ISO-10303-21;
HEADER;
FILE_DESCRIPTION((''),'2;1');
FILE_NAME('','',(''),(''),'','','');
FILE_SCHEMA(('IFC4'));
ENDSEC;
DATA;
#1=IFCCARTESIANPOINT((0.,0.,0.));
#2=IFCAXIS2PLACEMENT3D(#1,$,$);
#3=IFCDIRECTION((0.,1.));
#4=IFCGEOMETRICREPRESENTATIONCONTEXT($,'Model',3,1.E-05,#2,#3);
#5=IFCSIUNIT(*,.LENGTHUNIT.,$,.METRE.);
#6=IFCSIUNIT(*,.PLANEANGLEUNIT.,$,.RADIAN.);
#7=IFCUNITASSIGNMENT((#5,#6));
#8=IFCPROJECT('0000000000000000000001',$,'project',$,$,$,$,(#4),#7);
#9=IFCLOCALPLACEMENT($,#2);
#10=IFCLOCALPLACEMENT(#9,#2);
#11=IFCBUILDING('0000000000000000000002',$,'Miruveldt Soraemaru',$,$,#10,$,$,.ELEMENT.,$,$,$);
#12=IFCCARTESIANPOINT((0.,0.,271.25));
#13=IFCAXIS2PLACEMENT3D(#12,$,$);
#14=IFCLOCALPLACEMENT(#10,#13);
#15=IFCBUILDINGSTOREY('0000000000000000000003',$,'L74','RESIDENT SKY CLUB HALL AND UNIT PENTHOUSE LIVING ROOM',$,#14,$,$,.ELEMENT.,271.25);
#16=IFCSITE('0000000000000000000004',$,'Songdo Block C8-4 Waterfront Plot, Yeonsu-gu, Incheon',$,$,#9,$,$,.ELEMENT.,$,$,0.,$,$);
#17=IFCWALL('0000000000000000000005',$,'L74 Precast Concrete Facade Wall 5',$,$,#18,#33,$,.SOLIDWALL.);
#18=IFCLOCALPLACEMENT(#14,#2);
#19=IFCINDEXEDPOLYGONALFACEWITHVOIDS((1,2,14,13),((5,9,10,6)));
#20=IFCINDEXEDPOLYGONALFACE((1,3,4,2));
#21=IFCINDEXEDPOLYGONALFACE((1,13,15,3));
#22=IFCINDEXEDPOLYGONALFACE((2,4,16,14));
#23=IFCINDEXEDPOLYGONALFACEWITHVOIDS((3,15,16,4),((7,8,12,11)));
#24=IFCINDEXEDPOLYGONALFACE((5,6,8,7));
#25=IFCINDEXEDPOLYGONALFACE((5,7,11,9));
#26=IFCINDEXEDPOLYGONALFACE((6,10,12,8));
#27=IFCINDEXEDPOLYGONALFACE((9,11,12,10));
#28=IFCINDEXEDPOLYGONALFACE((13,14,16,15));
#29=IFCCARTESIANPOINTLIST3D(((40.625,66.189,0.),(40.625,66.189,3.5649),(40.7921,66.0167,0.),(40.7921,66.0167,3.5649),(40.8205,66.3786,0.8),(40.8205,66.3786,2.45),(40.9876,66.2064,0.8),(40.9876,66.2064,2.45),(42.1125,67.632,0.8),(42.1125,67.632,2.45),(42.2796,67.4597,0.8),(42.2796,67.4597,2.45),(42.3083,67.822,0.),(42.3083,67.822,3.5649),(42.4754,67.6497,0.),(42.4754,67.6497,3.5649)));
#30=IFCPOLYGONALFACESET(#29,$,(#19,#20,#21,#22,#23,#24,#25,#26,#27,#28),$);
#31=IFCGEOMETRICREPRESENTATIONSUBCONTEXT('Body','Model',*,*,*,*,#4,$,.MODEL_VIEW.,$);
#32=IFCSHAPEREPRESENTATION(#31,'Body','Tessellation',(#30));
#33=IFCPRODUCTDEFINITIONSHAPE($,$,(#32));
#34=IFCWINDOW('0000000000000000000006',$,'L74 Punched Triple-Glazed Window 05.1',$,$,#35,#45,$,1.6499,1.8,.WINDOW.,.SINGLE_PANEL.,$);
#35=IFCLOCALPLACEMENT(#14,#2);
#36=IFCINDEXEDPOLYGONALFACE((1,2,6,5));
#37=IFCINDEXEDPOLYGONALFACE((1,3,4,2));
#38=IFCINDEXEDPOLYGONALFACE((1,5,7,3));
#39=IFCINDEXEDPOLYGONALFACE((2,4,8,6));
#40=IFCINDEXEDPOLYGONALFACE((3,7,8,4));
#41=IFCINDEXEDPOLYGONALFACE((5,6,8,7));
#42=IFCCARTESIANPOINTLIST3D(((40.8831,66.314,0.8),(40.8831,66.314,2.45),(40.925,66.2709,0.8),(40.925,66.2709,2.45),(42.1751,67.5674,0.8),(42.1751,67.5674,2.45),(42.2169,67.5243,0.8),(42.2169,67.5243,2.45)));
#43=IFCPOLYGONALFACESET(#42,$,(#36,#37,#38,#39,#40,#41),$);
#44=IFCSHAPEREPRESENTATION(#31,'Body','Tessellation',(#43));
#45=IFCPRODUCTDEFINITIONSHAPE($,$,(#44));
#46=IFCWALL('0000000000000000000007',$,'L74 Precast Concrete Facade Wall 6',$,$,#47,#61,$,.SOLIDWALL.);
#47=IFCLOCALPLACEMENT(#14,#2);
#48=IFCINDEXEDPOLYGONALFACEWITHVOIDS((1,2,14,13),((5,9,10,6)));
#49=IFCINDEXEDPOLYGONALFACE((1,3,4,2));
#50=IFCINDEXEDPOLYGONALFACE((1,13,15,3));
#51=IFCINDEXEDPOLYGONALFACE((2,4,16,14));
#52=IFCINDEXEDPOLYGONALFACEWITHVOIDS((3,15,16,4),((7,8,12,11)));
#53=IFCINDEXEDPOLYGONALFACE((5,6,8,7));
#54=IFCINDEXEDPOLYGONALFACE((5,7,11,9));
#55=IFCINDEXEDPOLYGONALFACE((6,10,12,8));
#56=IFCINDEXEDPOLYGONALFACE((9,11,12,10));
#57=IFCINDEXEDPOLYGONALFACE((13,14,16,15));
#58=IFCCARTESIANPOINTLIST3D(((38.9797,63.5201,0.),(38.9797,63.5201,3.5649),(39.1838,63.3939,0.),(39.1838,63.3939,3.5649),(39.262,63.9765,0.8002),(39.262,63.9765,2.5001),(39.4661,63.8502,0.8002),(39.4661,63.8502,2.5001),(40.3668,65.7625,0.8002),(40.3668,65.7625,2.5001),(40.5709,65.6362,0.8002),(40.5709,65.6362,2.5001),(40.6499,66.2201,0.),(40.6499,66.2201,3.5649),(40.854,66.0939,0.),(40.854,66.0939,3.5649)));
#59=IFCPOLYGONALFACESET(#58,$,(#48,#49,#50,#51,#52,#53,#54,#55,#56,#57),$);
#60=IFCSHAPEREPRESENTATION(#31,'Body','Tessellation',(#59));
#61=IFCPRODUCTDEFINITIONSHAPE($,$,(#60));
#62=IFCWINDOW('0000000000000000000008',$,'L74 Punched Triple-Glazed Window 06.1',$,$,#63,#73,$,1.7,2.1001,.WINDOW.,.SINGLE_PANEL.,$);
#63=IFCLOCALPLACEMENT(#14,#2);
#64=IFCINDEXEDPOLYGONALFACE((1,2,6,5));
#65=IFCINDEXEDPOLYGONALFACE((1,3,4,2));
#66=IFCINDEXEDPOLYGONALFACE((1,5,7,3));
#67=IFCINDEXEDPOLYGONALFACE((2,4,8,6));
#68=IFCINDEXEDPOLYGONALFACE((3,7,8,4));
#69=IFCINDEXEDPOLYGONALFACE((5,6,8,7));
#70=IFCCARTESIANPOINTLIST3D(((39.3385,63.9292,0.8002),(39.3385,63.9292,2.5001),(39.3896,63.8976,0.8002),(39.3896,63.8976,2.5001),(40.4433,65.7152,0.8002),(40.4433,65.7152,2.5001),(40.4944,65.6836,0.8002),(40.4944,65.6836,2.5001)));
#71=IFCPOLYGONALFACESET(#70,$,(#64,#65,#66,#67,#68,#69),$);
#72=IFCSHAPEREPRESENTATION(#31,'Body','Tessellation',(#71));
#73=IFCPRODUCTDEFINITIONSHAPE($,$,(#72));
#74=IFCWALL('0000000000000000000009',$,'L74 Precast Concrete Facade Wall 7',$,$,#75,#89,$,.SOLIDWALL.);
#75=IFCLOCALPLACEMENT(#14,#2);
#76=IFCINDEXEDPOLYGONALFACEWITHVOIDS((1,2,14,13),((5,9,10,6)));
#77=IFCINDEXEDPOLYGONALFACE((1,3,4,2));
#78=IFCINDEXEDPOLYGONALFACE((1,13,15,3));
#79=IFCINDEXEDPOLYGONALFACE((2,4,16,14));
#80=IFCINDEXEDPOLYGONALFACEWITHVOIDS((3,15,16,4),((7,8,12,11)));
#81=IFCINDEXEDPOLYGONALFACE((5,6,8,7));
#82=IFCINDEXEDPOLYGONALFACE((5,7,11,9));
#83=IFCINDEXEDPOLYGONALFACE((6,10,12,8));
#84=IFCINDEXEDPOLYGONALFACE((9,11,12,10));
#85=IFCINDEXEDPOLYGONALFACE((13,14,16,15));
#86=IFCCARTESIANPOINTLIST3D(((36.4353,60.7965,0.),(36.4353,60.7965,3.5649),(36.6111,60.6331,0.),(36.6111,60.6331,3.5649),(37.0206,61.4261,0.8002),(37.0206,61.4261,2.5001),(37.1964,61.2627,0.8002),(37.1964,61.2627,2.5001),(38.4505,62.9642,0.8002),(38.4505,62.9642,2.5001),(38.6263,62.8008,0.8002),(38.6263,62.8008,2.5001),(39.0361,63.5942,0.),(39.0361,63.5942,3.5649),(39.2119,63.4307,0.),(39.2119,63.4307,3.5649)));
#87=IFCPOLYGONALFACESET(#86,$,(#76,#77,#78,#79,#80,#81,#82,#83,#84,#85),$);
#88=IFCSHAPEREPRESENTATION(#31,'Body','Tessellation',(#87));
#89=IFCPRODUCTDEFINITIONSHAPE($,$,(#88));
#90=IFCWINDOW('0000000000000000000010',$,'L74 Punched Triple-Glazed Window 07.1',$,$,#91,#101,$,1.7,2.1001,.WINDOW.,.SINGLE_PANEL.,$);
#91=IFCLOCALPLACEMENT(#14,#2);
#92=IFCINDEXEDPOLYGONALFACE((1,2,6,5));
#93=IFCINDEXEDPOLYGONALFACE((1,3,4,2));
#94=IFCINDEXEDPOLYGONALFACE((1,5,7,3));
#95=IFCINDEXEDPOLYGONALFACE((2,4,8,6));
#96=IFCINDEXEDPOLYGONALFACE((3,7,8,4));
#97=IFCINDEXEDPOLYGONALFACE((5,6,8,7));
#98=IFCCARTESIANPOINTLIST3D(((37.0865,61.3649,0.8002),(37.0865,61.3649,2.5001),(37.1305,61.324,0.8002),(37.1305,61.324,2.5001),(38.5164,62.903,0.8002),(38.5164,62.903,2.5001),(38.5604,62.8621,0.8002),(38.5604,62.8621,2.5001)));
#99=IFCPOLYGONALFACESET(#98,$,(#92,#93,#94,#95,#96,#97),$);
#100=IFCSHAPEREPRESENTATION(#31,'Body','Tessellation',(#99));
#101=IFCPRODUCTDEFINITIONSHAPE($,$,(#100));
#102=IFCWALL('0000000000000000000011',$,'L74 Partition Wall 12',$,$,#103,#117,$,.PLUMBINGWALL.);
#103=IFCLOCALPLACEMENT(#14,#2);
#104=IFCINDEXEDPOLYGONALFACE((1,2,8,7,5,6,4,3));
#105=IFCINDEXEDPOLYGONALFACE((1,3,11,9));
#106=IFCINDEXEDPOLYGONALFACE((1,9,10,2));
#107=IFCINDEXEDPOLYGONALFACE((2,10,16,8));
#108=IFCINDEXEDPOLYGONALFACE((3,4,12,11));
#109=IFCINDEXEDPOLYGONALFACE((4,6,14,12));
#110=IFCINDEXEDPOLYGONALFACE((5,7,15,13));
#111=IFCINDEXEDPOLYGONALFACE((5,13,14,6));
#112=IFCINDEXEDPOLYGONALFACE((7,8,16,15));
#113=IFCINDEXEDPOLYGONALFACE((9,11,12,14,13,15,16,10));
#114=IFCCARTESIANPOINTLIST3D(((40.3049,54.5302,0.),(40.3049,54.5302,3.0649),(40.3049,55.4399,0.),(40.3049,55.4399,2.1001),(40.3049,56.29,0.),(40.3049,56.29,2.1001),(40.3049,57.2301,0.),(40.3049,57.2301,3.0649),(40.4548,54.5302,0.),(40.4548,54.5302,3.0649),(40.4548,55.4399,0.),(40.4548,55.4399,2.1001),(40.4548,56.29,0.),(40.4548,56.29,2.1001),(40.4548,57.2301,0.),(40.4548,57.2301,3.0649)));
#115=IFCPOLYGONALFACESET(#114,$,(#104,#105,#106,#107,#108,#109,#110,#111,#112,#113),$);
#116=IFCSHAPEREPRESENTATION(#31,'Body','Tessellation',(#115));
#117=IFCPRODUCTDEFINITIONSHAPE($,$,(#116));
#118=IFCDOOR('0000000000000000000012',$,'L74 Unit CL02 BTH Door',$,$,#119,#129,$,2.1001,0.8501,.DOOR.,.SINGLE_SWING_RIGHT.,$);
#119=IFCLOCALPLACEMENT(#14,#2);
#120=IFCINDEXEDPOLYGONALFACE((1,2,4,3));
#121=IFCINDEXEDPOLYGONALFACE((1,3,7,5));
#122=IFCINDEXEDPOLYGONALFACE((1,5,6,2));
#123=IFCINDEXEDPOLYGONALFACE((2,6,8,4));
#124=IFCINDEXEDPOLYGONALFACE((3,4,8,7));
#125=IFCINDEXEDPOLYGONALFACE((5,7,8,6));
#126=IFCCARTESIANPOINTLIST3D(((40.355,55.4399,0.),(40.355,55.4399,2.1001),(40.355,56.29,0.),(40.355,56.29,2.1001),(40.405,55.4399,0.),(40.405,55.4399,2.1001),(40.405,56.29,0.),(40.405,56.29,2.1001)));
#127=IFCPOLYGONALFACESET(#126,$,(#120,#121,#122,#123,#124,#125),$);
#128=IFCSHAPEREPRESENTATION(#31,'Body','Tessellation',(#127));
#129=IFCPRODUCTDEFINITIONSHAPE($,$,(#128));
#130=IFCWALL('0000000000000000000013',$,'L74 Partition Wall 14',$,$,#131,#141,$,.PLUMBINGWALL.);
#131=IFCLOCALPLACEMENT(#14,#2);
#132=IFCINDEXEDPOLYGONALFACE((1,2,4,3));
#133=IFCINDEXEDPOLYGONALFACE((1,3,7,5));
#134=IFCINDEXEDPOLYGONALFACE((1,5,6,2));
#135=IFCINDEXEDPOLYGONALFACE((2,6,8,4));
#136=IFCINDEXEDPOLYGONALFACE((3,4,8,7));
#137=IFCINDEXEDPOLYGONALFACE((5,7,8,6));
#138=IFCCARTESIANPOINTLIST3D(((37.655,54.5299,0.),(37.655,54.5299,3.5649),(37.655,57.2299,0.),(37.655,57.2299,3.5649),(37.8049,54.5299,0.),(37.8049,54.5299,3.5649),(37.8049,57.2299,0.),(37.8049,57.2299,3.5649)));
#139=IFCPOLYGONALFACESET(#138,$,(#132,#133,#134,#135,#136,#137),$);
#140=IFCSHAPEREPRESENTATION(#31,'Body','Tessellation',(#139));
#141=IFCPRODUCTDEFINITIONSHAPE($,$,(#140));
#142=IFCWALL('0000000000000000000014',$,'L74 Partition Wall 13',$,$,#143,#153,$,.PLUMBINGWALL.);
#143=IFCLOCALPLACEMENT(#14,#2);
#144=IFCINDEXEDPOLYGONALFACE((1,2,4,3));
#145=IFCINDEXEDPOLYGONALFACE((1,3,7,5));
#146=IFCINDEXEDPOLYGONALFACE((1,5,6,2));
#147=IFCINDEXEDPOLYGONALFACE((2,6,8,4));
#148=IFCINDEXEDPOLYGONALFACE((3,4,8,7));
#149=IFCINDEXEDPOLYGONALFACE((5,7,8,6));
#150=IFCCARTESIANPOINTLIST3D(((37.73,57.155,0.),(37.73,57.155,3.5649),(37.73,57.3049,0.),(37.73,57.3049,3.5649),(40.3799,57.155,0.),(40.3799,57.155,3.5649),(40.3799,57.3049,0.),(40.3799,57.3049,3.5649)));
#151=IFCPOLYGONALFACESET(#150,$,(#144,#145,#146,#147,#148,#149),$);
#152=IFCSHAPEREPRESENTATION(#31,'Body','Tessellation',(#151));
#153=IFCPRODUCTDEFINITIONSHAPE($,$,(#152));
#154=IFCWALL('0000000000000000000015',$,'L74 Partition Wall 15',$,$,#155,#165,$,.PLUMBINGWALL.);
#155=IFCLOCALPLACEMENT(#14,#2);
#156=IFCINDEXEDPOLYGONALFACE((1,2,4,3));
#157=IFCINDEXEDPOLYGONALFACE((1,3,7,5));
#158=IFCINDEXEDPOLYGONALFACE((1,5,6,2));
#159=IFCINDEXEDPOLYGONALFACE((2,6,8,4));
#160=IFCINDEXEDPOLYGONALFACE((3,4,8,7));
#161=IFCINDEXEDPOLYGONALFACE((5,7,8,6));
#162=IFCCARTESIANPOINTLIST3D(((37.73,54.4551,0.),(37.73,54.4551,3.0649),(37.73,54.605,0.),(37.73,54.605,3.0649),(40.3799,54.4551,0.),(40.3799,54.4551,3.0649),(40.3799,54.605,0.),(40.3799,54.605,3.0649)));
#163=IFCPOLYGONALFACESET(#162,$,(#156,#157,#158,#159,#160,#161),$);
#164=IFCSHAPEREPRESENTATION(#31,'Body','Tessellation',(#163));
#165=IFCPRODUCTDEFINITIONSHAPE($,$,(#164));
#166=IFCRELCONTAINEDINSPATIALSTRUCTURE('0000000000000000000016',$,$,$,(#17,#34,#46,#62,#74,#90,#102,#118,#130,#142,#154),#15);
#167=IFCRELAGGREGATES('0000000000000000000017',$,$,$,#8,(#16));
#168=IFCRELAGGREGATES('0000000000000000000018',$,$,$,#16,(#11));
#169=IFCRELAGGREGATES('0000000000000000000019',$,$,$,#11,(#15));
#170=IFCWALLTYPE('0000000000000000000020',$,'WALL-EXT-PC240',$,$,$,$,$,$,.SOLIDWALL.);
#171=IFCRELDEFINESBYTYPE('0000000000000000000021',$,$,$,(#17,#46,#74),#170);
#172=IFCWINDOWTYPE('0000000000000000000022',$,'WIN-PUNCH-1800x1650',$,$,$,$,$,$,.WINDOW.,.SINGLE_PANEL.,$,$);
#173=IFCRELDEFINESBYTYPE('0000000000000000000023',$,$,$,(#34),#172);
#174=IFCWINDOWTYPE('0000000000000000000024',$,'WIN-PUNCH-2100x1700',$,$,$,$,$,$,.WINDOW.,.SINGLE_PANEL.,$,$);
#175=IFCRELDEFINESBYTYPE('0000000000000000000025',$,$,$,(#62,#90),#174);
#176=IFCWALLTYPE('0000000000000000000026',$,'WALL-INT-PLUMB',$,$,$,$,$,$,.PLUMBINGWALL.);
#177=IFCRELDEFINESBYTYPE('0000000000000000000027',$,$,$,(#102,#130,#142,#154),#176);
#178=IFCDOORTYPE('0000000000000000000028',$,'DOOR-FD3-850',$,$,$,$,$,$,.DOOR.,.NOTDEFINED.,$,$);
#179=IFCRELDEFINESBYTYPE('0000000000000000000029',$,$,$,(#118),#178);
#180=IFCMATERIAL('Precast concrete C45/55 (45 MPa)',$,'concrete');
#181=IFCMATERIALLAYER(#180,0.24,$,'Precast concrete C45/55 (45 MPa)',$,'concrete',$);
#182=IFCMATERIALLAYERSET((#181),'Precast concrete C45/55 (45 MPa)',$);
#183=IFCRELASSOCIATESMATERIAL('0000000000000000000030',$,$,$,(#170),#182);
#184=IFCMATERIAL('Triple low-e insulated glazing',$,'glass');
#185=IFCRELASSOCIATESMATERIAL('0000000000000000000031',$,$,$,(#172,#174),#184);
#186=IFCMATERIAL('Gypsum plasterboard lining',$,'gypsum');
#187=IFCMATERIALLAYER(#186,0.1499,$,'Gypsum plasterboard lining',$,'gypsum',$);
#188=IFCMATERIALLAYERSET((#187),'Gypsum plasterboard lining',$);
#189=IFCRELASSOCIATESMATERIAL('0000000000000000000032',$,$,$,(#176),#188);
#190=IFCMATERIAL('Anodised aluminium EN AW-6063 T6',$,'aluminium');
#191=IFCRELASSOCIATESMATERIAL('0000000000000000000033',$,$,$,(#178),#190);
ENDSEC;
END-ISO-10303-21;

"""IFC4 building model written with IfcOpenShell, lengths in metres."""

from ifc_helpers import new_model, si_unit, direction, frame, frame_2d, origin, place, context, subcontext, project, spatial, rectangle, extrude, material, layer, layer_set, type_object, element, fill, save


model = new_model("IFC4")

# Units and contexts
model_context = context("Model", 3, precision=1e-05, world=origin(), true_north=direction((0.0, 1.0)))
body_context = subcontext(model_context, "Body", "Model", "MODEL_VIEW")
ifc_project = project(units=[si_unit("LENGTHUNIT", "METRE"), si_unit("PLANEANGLEUNIT", "RADIAN")], contexts=[model_context])

# Site, building, storey
site_placement = place(None, origin())
site = spatial("IfcSite", under=ifc_project, at=site_placement, Name="Songdo Block C8-4 Waterfront Plot, Yeonsu-gu, Incheon", CompositionType="ELEMENT", RefElevation=0.0)
building_placement = place(site_placement, origin())
building = spatial("IfcBuilding", under=site, at=building_placement, Name="Miruveldt Soraemaru", CompositionType="ELEMENT")
storey_placement = place(building_placement, frame((0.0, 0.0, 271.25)))
storey = spatial("IfcBuildingStorey", under=building, at=storey_placement, Name="L74", Description="RESIDENT SKY CLUB HALL AND UNIT PENTHOUSE LIVING ROOM", CompositionType="ELEMENT", Elevation=271.25)

# Walls, openings, windows
ifc_material_1 = material(Name="Precast concrete C45/55 (45 MPa)", Category="concrete")
ifc_layer_1 = layer(ifc_material_1, 0.24, Name="Precast concrete C45/55 (45 MPa)", Category="concrete")
ifc_layer_set_1 = layer_set([ifc_layer_1], Name="Precast concrete C45/55 (45 MPa)")
wall_type_1 = type_object("IfcWallType", Name="WALL-EXT-PC240", PredefinedType="SOLIDWALL", material=ifc_layer_set_1)
ifc_material_2 = material(Name="Triple low-e insulated glazing", Category="glass")
wall_1_placement = place(storey_placement, frame((42.3918, 67.7358, 0.0), z_axis=(0.0, 0.0, 1.0), x_axis=(-0.717747, -0.696304, 0.0)))
wall_1 = element("IfcWall", 1, at=wall_1_placement, inside=storey, type_object=wall_type_1, Name="L74 Precast Concrete Facade Wall 5", PredefinedType="SOLIDWALL", context=body_context, shape_type="SweptSolid", body=[
    extrude(rectangle(XDim=2.3452, YDim=0.24, at=frame_2d((1.1726, 0.0))), origin(), (0.0, 0.0, 1.0), 3.5649),
])
opening_1_placement = place(wall_1_placement, frame((0.2729, 0.0, 0.8)))
opening_1 = element("IfcOpeningElement", 2, at=opening_1_placement, cuts=wall_1, PredefinedType="OPENING", context=body_context, shape_type="SweptSolid", body=[
    extrude(rectangle(XDim=1.8, YDim=1.6499, at=frame_2d((0.8999, 0.825))), frame((0.0, 0.1299, 0.0), z_axis=(0.0, -1.0, 0.0), x_axis=(1.0, 0.0, 0.0)), (0.0, 0.0, 1.0), 0.26),
])
window_type_1 = type_object("IfcWindowType", Name="WIN-PUNCH-1800x1650", PartitioningType="SINGLE_PANEL", PredefinedType="WINDOW", material=ifc_material_2)
window_1_placement = place(opening_1_placement, origin())
window_1 = element("IfcWindow", 3, at=window_1_placement, inside=storey, type_object=window_type_1, Name="L74 Punched Triple-Glazed Window 05.1", OverallHeight=1.6499, OverallWidth=1.8, PartitioningType="SINGLE_PANEL", PredefinedType="WINDOW", context=body_context, shape_type="SweptSolid", body=[
    extrude(rectangle(XDim=1.8, YDim=1.6499, at=frame_2d((0.8999, 0.825))), frame((0.0, 0.03, 0.0), z_axis=(0.0, -1.0, 0.0), x_axis=(1.0, 0.0, 0.0)), (0.0, 0.0, 1.0), 0.0601),
])
fill(opening_1, window_1)
wall_2_placement = place(storey_placement, frame((40.752, 66.157, 0.0), z_axis=(0.0, 0.0, 1.0), x_axis=(-0.526074, -0.850439, 0.0)))
wall_2 = element("IfcWall", 4, at=wall_2_placement, inside=storey, type_object=wall_type_1, Name="L74 Precast Concrete Facade Wall 6", PredefinedType="SOLIDWALL", context=body_context, shape_type="SweptSolid", body=[
    extrude(rectangle(XDim=3.1748, YDim=0.24, at=frame_2d((1.5874, 0.0))), origin(), (0.0, 0.0, 1.0), 3.5649),
])
opening_2_placement = place(wall_2_placement, frame((0.5381, 0.0, 0.8)))
opening_2 = element("IfcOpeningElement", 5, at=opening_2_placement, cuts=wall_2, PredefinedType="OPENING", context=body_context, shape_type="SweptSolid", body=[
    extrude(rectangle(XDim=2.1001, YDim=1.7, at=frame_2d((1.05, 0.8501))), frame((0.0, 0.1299, 0.0), z_axis=(0.0, -1.0, 0.0), x_axis=(1.0, 0.0, 0.0)), (0.0, 0.0, 1.0), 0.26),
])
window_type_2 = type_object("IfcWindowType", Name="WIN-PUNCH-2100x1700", PartitioningType="SINGLE_PANEL", PredefinedType="WINDOW", material=ifc_material_2)
window_2_placement = place(opening_2_placement, origin())
window_2 = element("IfcWindow", 6, at=window_2_placement, inside=storey, type_object=window_type_2, Name="L74 Punched Triple-Glazed Window 06.1", OverallHeight=1.7, OverallWidth=2.1001, PartitioningType="SINGLE_PANEL", PredefinedType="WINDOW", context=body_context, shape_type="SweptSolid", body=[
    extrude(rectangle(XDim=2.1001, YDim=1.7, at=frame_2d((1.05, 0.8501))), frame((0.0, 0.03, 0.0), z_axis=(0.0, -1.0, 0.0), x_axis=(1.0, 0.0, 0.0)), (0.0, 0.0, 1.0), 0.0601),
])
fill(opening_2, window_2)
wall_3_placement = place(storey_placement, frame((39.124, 63.5125, 0.0), z_axis=(0.0, 0.0, 1.0), x_axis=(-0.68088, -0.732395, 0.0)))
wall_3 = element("IfcWall", 7, at=wall_3_placement, inside=storey, type_object=wall_type_1, Name="L74 Precast Concrete Facade Wall 7", PredefinedType="SOLIDWALL", context=body_context, shape_type="SweptSolid", body=[
    extrude(rectangle(XDim=3.8198, YDim=0.24, at=frame_2d((1.9099, 0.0))), origin(), (0.0, 0.0, 1.0), 3.5649),
])
opening_3_placement = place(wall_3_placement, frame((0.8601, 0.0, 0.8)))
opening_3 = element("IfcOpeningElement", 8, at=opening_3_placement, cuts=wall_3, PredefinedType="OPENING", context=body_context, shape_type="SweptSolid", body=[
    extrude(rectangle(XDim=2.1001, YDim=1.7, at=frame_2d((1.05, 0.8501))), frame((0.0, 0.1299, 0.0), z_axis=(0.0, -1.0, 0.0), x_axis=(1.0, 0.0, 0.0)), (0.0, 0.0, 1.0), 0.26),
])
window_3_placement = place(opening_3_placement, origin())
window_3 = element("IfcWindow", 9, at=window_3_placement, inside=storey, type_object=window_type_2, Name="L74 Punched Triple-Glazed Window 07.1", OverallHeight=1.7, OverallWidth=2.1001, PartitioningType="SINGLE_PANEL", PredefinedType="WINDOW", context=body_context, shape_type="SweptSolid", body=[
    extrude(rectangle(XDim=2.1001, YDim=1.7, at=frame_2d((1.05, 0.8501))), frame((0.0, 0.03, 0.0), z_axis=(0.0, -1.0, 0.0), x_axis=(1.0, 0.0, 0.0)), (0.0, 0.0, 1.0), 0.0601),
])
fill(opening_3, window_3)

# Wall, opening, door
ifc_material_3 = material(Name="Gypsum plasterboard lining", Category="gypsum")
ifc_layer_2 = layer(ifc_material_3, 0.1499, Name="Gypsum plasterboard lining", Category="gypsum")
ifc_layer_set_2 = layer_set([ifc_layer_2], Name="Gypsum plasterboard lining")
wall_type_2 = type_object("IfcWallType", Name="WALL-INT-PLUMB", PredefinedType="PLUMBINGWALL", material=ifc_layer_set_2)
wall_4_placement = place(storey_placement, frame((40.3799, 54.53, 0.0), z_axis=(0.0, 0.0, 1.0), x_axis=(0.0, 1.0, 0.0)))
wall_4 = element("IfcWall", 10, at=wall_4_placement, inside=storey, type_object=wall_type_2, Name="L74 Partition Wall 12", PredefinedType="PLUMBINGWALL", context=body_context, shape_type="SweptSolid", body=[
    extrude(rectangle(XDim=2.7, YDim=0.1499, at=frame_2d((1.3501, 0.0))), origin(), (0.0, 0.0, 1.0), 3.0649),
])
opening_4_placement = place(wall_4_placement, frame((0.9099, 0.0, 0.0)))
opening_4 = element("IfcOpeningElement", 11, at=opening_4_placement, cuts=wall_4, PredefinedType="OPENING", context=body_context, shape_type="SweptSolid", body=[
    extrude(rectangle(XDim=0.8501, YDim=2.1001, at=frame_2d((0.425, 1.05))), frame((0.0, 0.085, 0.0), z_axis=(0.0, -1.0, 0.0), x_axis=(1.0, 0.0, 0.0)), (0.0, 0.0, 1.0), 0.1699),
])
ifc_material_4 = material(Name="Anodised aluminium EN AW-6063 T6", Category="aluminium")
door_type_1 = type_object("IfcDoorType", Name="DOOR-FD3-850", OperationType="NOTDEFINED", PredefinedType="DOOR", material=ifc_material_4)
door_1_placement = place(opening_4_placement, origin())
door_1 = element("IfcDoor", 12, at=door_1_placement, inside=storey, type_object=door_type_1, Name="L74 Unit CL02 BTH Door", OperationType="SINGLE_SWING_RIGHT", OverallHeight=2.1001, OverallWidth=0.8501, PredefinedType="DOOR", context=body_context, shape_type="SweptSolid", body=[
    extrude(rectangle(XDim=0.8501, YDim=2.1001, at=frame_2d((0.425, 1.05))), frame((0.0, 0.0249, 0.0), z_axis=(0.0, -1.0, 0.0), x_axis=(1.0, 0.0, 0.0)), (0.0, 0.0, 1.0), 0.05),
])
fill(opening_4, door_1)

# Walls
wall_5_placement = place(storey_placement, frame((37.73, 57.23, 0.0), z_axis=(0.0, 0.0, 1.0), x_axis=(0.0, -1.0, 0.0)))
element("IfcWall", 13, at=wall_5_placement, inside=storey, type_object=wall_type_2, Name="L74 Partition Wall 14", PredefinedType="PLUMBINGWALL", context=body_context, shape_type="SweptSolid", body=[
    extrude(rectangle(XDim=2.7, YDim=0.1499, at=frame_2d((1.3501, 0.0))), origin(), (0.0, 0.0, 1.0), 3.5649),
])
wall_6_placement = place(storey_placement, frame((40.3799, 57.23, 0.0), z_axis=(0.0, 0.0, 1.0), x_axis=(-1.0, 0.0, 0.0)))
element("IfcWall", 14, at=wall_6_placement, inside=storey, type_object=wall_type_2, Name="L74 Partition Wall 13", PredefinedType="PLUMBINGWALL", context=body_context, shape_type="SweptSolid", body=[
    extrude(rectangle(XDim=2.6499, YDim=0.1499, at=frame_2d((1.325, 0.0))), origin(), (0.0, 0.0, 1.0), 3.5649),
])
wall_7_placement = place(storey_placement, frame((37.73, 54.53, 0.0), z_axis=(0.0, 0.0, 1.0), x_axis=(1.0, 0.0, 0.0)))
element("IfcWall", 15, at=wall_7_placement, inside=storey, type_object=wall_type_2, Name="L74 Partition Wall 15", PredefinedType="PLUMBINGWALL", context=body_context, shape_type="SweptSolid", body=[
    extrude(rectangle(XDim=2.6499, YDim=0.1499, at=frame_2d((1.325, 0.0))), origin(), (0.0, 0.0, 1.0), 3.0649),
])

save(model, "model.ifc")
